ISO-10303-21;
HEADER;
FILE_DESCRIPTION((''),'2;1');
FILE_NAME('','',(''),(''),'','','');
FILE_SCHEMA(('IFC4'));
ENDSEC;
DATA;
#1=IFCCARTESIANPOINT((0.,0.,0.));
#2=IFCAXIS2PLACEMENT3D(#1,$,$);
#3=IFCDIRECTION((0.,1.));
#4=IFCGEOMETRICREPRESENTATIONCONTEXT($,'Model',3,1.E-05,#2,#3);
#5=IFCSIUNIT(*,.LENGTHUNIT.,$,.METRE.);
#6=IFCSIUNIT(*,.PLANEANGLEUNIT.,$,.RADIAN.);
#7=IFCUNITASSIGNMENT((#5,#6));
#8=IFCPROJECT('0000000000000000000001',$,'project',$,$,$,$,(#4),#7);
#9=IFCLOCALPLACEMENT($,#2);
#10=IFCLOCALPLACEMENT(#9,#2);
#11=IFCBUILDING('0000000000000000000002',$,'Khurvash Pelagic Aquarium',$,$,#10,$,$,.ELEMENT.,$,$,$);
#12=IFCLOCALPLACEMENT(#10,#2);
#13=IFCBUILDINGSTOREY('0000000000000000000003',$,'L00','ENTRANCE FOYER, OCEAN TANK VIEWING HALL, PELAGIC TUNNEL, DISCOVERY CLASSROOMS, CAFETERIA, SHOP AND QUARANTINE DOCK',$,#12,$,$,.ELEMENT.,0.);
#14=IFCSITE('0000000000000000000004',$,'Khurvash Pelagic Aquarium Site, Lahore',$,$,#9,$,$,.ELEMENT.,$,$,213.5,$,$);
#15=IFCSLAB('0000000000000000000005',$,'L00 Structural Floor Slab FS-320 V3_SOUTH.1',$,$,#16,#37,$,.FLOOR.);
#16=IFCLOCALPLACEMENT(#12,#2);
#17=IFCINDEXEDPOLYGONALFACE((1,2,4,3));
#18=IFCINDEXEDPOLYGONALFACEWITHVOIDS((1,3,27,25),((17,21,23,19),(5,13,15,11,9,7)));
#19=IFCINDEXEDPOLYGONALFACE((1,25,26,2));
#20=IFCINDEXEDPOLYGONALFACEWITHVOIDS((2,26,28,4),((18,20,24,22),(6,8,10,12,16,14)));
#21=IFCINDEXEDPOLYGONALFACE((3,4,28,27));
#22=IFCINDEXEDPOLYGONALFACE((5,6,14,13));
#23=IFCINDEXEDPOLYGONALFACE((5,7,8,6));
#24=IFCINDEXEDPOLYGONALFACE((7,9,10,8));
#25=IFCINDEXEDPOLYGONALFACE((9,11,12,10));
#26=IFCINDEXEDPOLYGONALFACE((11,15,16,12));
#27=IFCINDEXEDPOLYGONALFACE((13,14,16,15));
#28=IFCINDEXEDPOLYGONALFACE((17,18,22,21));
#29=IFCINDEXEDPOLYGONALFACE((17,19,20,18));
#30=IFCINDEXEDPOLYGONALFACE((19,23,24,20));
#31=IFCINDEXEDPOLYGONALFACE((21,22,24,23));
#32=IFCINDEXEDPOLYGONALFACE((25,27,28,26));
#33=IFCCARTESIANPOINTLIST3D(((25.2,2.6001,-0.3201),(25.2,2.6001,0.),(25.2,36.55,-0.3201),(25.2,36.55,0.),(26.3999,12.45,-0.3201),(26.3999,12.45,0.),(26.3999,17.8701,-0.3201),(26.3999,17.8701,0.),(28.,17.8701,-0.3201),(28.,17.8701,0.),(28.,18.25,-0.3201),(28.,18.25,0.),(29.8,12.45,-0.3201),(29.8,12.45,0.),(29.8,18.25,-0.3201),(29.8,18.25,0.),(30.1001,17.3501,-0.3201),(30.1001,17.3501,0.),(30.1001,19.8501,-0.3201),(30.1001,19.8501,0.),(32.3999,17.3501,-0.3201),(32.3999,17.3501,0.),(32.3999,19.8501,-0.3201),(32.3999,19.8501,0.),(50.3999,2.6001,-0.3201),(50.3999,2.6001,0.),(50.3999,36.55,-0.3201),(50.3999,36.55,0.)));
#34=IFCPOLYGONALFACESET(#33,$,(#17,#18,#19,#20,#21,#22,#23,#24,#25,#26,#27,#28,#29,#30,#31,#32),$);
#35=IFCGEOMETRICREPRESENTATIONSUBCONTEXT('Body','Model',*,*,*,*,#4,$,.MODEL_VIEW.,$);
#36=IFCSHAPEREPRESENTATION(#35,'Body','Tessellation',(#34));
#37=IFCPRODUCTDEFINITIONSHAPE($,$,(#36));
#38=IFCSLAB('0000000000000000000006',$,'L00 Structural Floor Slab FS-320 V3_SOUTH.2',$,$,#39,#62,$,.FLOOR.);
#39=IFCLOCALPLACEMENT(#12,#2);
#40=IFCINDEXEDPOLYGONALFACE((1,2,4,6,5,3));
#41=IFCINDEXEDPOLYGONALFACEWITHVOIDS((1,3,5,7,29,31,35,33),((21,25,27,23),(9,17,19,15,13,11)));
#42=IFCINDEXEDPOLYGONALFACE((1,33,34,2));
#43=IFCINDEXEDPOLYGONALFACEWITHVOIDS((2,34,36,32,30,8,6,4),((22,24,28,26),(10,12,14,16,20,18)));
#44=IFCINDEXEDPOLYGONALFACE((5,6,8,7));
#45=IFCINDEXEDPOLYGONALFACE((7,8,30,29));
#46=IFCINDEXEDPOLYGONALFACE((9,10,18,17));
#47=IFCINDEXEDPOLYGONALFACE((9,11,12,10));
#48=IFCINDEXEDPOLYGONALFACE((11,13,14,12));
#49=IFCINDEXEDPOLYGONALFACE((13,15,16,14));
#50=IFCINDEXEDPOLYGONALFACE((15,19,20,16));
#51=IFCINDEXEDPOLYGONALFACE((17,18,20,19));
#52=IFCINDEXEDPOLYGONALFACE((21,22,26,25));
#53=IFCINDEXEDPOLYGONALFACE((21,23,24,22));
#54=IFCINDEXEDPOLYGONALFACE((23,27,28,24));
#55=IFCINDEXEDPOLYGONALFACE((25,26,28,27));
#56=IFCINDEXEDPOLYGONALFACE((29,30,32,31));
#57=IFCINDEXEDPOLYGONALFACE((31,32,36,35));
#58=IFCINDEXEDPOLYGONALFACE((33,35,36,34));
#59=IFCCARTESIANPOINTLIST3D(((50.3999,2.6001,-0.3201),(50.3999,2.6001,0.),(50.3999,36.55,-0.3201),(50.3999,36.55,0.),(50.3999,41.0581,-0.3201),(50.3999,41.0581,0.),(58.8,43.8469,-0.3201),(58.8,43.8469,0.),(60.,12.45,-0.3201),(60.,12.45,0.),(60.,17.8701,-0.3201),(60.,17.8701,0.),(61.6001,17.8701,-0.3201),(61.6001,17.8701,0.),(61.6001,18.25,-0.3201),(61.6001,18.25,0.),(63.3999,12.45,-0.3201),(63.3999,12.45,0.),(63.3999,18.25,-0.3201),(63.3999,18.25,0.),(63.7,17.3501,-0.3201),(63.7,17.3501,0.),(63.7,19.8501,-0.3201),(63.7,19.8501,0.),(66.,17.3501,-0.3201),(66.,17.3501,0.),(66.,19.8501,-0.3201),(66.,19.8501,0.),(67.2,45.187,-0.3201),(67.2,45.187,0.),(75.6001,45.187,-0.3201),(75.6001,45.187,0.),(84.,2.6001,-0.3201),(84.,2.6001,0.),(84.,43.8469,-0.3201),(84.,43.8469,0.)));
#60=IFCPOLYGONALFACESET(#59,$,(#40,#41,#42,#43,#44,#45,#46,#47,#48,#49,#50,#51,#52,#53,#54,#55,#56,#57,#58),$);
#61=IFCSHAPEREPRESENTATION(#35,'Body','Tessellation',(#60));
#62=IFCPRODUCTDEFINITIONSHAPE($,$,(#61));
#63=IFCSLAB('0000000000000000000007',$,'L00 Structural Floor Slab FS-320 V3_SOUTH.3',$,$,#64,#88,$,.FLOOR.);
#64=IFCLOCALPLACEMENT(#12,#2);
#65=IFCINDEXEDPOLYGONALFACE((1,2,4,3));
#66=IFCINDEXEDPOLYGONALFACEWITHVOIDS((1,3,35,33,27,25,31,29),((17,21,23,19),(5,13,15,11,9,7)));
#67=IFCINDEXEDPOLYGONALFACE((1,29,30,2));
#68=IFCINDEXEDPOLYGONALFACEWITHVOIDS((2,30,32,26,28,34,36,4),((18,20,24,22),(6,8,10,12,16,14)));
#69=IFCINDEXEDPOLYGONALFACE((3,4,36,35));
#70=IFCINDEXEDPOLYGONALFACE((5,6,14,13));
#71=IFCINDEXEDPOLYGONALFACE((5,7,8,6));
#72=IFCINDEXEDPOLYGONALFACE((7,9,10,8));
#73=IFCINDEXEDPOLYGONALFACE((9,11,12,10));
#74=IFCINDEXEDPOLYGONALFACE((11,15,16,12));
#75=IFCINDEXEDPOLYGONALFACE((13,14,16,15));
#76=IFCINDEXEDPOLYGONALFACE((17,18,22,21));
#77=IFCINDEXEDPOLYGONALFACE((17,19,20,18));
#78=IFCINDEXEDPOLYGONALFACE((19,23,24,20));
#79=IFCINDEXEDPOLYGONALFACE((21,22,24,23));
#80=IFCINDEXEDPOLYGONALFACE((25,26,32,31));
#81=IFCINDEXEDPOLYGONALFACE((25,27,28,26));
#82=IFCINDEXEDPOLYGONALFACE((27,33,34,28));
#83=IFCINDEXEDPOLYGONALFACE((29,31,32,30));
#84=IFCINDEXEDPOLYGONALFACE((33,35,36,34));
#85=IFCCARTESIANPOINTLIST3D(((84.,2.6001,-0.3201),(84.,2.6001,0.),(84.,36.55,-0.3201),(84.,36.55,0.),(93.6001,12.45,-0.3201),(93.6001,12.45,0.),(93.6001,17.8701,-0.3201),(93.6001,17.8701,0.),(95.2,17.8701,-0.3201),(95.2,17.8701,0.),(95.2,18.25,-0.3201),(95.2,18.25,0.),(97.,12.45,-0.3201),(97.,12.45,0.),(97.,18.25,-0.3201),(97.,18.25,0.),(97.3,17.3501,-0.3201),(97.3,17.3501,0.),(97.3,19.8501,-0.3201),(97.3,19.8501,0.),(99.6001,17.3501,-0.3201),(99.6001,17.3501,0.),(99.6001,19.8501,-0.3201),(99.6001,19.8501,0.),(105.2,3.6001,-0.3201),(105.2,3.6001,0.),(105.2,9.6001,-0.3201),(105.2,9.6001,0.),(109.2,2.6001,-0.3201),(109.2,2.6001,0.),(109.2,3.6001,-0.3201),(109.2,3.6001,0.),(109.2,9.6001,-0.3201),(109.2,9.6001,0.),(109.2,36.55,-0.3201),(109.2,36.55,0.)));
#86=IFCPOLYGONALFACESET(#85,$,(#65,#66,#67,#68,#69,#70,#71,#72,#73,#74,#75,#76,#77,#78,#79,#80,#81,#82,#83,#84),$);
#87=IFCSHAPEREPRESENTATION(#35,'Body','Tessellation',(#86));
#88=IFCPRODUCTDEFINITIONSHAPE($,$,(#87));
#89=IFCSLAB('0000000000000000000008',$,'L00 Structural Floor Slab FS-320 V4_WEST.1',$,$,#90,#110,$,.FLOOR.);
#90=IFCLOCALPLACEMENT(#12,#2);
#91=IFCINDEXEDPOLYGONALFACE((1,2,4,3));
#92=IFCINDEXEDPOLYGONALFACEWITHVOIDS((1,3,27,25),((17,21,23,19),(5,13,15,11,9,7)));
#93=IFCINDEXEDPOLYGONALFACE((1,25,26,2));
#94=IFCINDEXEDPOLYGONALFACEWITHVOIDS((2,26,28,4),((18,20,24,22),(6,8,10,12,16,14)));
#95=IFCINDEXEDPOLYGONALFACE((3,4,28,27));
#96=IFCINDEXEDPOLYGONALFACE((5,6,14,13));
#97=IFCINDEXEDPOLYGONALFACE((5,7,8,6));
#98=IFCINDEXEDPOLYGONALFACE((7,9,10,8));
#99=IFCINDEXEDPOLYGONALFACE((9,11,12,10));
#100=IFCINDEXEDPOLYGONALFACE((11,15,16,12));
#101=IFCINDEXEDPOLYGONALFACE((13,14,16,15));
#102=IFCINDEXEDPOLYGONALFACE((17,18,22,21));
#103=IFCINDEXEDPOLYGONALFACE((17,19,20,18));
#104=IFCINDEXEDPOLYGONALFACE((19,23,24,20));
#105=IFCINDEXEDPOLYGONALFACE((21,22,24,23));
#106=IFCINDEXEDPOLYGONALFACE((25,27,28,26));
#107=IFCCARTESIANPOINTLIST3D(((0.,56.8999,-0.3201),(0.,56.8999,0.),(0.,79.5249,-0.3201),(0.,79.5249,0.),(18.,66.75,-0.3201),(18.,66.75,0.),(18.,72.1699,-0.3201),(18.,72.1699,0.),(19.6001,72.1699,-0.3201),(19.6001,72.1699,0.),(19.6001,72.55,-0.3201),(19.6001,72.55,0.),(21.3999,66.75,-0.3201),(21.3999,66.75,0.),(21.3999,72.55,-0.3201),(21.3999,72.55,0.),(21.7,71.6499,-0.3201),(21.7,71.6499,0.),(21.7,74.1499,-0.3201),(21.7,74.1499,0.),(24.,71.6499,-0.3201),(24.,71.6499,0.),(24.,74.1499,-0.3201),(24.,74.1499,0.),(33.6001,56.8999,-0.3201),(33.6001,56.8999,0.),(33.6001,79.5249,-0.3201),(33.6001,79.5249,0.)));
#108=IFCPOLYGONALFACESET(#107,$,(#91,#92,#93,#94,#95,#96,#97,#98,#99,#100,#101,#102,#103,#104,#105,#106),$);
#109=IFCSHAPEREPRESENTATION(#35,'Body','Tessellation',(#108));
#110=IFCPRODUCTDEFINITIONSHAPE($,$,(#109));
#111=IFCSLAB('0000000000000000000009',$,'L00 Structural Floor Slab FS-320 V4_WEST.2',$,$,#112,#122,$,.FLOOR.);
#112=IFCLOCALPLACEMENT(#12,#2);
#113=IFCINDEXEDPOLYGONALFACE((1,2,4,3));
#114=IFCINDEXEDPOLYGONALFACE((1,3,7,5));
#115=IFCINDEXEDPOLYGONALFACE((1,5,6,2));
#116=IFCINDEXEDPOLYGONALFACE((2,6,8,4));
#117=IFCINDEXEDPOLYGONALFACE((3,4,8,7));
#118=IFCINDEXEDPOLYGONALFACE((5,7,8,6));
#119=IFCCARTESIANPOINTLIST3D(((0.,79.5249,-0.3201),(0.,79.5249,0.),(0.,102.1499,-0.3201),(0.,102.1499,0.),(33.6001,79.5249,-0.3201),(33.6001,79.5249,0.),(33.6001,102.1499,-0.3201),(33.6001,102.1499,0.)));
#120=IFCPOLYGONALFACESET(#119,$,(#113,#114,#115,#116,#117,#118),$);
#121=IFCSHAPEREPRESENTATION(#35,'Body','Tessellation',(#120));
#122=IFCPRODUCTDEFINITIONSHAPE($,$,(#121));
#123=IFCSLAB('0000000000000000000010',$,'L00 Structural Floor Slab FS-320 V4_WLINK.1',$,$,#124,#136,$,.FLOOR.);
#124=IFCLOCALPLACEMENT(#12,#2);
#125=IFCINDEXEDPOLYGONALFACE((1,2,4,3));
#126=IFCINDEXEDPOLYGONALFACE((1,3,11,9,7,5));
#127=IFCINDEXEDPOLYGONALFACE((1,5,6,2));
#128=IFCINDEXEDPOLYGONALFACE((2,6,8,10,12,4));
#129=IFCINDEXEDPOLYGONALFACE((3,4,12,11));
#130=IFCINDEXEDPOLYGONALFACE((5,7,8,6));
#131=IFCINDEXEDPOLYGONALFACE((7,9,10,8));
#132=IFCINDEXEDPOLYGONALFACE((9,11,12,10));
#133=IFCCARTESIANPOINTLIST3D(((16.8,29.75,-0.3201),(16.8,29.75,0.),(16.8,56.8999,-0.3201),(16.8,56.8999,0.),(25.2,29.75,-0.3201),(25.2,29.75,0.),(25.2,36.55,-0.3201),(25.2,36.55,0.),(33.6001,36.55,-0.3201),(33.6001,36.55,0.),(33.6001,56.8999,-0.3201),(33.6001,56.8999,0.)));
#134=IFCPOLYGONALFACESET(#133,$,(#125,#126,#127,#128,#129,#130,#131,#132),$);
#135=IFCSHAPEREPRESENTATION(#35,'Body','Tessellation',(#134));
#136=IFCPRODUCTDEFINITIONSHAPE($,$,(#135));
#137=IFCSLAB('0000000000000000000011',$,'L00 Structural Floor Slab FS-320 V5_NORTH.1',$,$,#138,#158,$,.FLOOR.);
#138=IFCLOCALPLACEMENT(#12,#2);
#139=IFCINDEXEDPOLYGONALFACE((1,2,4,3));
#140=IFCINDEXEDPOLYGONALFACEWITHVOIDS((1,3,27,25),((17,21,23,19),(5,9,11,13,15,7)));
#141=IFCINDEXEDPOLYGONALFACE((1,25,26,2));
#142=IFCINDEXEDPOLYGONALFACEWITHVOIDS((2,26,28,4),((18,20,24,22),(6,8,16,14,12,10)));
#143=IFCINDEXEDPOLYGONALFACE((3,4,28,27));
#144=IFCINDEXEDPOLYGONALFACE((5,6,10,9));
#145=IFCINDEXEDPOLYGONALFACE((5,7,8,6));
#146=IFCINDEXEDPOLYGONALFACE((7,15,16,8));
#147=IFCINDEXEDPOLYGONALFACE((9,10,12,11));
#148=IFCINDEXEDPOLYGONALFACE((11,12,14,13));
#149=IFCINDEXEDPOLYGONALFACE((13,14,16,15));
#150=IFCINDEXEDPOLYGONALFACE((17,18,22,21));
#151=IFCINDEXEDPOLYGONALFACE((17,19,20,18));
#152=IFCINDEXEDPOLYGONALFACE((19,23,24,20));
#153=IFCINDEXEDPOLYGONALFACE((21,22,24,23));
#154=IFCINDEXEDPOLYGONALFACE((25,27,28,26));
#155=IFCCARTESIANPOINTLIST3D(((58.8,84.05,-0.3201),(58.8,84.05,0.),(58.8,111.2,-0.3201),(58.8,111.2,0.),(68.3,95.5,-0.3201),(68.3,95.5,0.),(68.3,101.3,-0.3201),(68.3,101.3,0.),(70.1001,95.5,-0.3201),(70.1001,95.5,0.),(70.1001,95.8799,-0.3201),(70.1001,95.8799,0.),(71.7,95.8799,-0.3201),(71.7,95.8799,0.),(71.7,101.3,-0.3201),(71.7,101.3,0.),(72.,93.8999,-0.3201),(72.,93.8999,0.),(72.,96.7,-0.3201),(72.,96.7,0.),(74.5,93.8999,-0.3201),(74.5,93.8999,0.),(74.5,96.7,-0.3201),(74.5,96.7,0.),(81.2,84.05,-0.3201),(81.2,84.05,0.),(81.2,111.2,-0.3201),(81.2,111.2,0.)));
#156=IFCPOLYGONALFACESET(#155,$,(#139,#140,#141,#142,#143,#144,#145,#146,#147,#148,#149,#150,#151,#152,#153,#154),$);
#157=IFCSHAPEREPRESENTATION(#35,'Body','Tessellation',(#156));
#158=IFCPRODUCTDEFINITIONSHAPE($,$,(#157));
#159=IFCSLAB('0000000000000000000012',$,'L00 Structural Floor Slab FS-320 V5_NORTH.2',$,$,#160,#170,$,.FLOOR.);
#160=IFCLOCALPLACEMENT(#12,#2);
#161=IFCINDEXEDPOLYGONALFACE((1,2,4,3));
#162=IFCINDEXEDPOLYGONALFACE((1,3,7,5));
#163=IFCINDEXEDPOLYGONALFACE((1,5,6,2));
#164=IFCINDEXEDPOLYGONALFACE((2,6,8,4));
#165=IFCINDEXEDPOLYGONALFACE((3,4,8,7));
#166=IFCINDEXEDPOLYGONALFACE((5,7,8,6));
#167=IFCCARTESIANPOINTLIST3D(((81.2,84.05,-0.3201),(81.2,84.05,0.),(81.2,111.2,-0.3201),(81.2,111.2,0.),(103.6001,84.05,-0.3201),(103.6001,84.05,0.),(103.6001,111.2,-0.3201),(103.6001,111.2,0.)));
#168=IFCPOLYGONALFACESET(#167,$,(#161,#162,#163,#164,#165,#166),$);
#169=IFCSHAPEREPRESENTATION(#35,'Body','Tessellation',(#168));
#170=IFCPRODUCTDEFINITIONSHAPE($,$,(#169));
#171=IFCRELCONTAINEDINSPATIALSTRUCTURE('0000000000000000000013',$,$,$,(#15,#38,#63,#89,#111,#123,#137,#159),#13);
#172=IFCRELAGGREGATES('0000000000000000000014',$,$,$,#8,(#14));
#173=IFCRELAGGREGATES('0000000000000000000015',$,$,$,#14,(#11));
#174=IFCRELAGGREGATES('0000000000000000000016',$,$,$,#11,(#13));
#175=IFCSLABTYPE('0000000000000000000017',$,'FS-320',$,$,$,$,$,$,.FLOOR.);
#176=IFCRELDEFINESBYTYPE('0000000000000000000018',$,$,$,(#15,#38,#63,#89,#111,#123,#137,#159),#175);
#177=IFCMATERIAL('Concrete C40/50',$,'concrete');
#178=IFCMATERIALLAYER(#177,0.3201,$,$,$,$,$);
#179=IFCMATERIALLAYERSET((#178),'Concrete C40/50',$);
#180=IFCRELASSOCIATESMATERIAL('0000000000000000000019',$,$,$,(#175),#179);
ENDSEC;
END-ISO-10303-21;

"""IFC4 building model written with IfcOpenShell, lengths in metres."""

from ifc_helpers import new_model, si_unit, direction, frame, origin, place, context, subcontext, project, spatial, polyline, outline, extrude, material, layer, layer_set, type_object, element, save


model = new_model("IFC4")

# Units and contexts
model_context = context("Model", 3, precision=1e-05, world=origin(), true_north=direction((0.0, 1.0)))
body_context = subcontext(model_context, "Body", "Model", "MODEL_VIEW")
ifc_project = project(units=[si_unit("LENGTHUNIT", "METRE"), si_unit("PLANEANGLEUNIT", "RADIAN")], contexts=[model_context])

# Site, building, storey
site_placement = place(None, origin())
site = spatial("IfcSite", under=ifc_project, at=site_placement, Name="Khurvash Pelagic Aquarium Site, Lahore", CompositionType="ELEMENT", RefElevation=213.5)
building_placement = place(site_placement, origin())
building = spatial("IfcBuilding", under=site, at=building_placement, Name="Khurvash Pelagic Aquarium", CompositionType="ELEMENT")
storey_placement = place(building_placement, origin())
storey = spatial("IfcBuildingStorey", under=building, at=storey_placement, Name="L00", Description="ENTRANCE FOYER, OCEAN TANK VIEWING HALL, PELAGIC TUNNEL, DISCOVERY CLASSROOMS, CAFETERIA, SHOP AND QUARANTINE DOCK", CompositionType="ELEMENT", Elevation=0.0)

# Slabs
ifc_material_1 = material(Name="Concrete C40/50", Category="concrete")
ifc_layer_1 = layer(ifc_material_1, 0.3201)
ifc_layer_set_1 = layer_set([ifc_layer_1], Name="Concrete C40/50")
slab_type_1 = type_object("IfcSlabType", Name="FS-320", PredefinedType="FLOOR", material=ifc_layer_set_1)
slab_1_placement = place(storey_placement, frame((0.0, 0.0, -0.3201)))
element("IfcSlab", 1, at=slab_1_placement, inside=storey, type_object=slab_type_1, Name="L00 Structural Floor Slab FS-320 V3_SOUTH.1", PredefinedType="FLOOR", context=body_context, shape_type="SweptSolid", body=[
    extrude(outline(polyline([(25.2, 2.6001), (50.3999, 2.6001), (50.3999, 36.55), (25.2, 36.55), (25.2, 2.6001)]), holes=[polyline([(28.0, 18.25), (29.8, 18.25), (29.8, 12.45), (26.3999, 12.45), (26.3999, 17.8701), (28.0, 17.8701), (28.0, 18.25)]), polyline([(32.3999, 17.3501), (30.1001, 17.3501), (30.1001, 19.8501), (32.3999, 19.8501), (32.3999, 17.3501)])]), origin(), (0.0, 0.0, 1.0), 0.3201),
])
slab_2_placement = place(storey_placement, frame((0.0, 0.0, -0.3201)))
element("IfcSlab", 2, at=slab_2_placement, inside=storey, type_object=slab_type_1, Name="L00 Structural Floor Slab FS-320 V3_SOUTH.2", PredefinedType="FLOOR", context=body_context, shape_type="SweptSolid", body=[
    extrude(outline(polyline([(58.8, 43.8469), (50.3999, 41.0581), (50.3999, 36.55), (50.3999, 2.6001), (84.0, 2.6001), (84.0, 43.8469), (75.6001, 45.187), (67.2, 45.187), (58.8, 43.8469)]), holes=[polyline([(61.6001, 18.25), (63.3999, 18.25), (63.3999, 12.45), (60.0, 12.45), (60.0, 17.8701), (61.6001, 17.8701), (61.6001, 18.25)]), polyline([(66.0, 17.3501), (63.7, 17.3501), (63.7, 19.8501), (66.0, 19.8501), (66.0, 17.3501)])]), origin(), (0.0, 0.0, 1.0), 0.3201),
])
slab_3_placement = place(storey_placement, frame((0.0, 0.0, -0.3201)))
element("IfcSlab", 3, at=slab_3_placement, inside=storey, type_object=slab_type_1, Name="L00 Structural Floor Slab FS-320 V3_SOUTH.3", PredefinedType="FLOOR", context=body_context, shape_type="SweptSolid", body=[
    extrude(outline(polyline([(105.2, 9.6001), (109.2, 9.6001), (109.2, 36.55), (84.0, 36.55), (84.0, 2.6001), (109.2, 2.6001), (109.2, 3.6001), (105.2, 3.6001), (105.2, 9.6001)]), holes=[polyline([(95.2, 18.25), (97.0, 18.25), (97.0, 12.45), (93.6001, 12.45), (93.6001, 17.8701), (95.2, 17.8701), (95.2, 18.25)]), polyline([(99.6001, 17.3501), (97.3, 17.3501), (97.3, 19.8501), (99.6001, 19.8501), (99.6001, 17.3501)])]), origin(), (0.0, 0.0, 1.0), 0.3201),
])
slab_4_placement = place(storey_placement, frame((0.0, 0.0, -0.3201)))
element("IfcSlab", 4, at=slab_4_placement, inside=storey, type_object=slab_type_1, Name="L00 Structural Floor Slab FS-320 V4_WEST.1", PredefinedType="FLOOR", context=body_context, shape_type="SweptSolid", body=[
    extrude(outline(polyline([(0.0, 56.8999), (33.6001, 56.8999), (33.6001, 79.5249), (0.0, 79.5249), (0.0, 56.8999)]), holes=[polyline([(19.6001, 72.55), (21.3999, 72.55), (21.3999, 66.75), (18.0, 66.75), (18.0, 72.1699), (19.6001, 72.1699), (19.6001, 72.55)]), polyline([(24.0, 71.6499), (21.7, 71.6499), (21.7, 74.1499), (24.0, 74.1499), (24.0, 71.6499)])]), origin(), (0.0, 0.0, 1.0), 0.3201),
])
slab_5_placement = place(storey_placement, frame((0.0, 0.0, -0.3201)))
element("IfcSlab", 5, at=slab_5_placement, inside=storey, type_object=slab_type_1, Name="L00 Structural Floor Slab FS-320 V4_WEST.2", PredefinedType="FLOOR", context=body_context, shape_type="SweptSolid", body=[
    extrude(outline(polyline([(0.0, 79.5249), (33.6001, 79.5249), (33.6001, 102.1499), (0.0, 102.1499), (0.0, 79.5249)])), origin(), (0.0, 0.0, 1.0), 0.3201),
])
slab_6_placement = place(storey_placement, frame((0.0, 0.0, -0.3201)))
element("IfcSlab", 6, at=slab_6_placement, inside=storey, type_object=slab_type_1, Name="L00 Structural Floor Slab FS-320 V4_WLINK.1", PredefinedType="FLOOR", context=body_context, shape_type="SweptSolid", body=[
    extrude(outline(polyline([(33.6001, 56.8999), (16.8, 56.8999), (16.8, 29.75), (25.2, 29.75), (25.2, 36.55), (33.6001, 36.55), (33.6001, 56.8999)])), origin(), (0.0, 0.0, 1.0), 0.3201),
])
slab_7_placement = place(storey_placement, frame((0.0, 0.0, -0.3201)))
element("IfcSlab", 7, at=slab_7_placement, inside=storey, type_object=slab_type_1, Name="L00 Structural Floor Slab FS-320 V5_NORTH.1", PredefinedType="FLOOR", context=body_context, shape_type="SweptSolid", body=[
    extrude(outline(polyline([(58.8, 84.05), (81.2, 84.05), (81.2, 111.2), (58.8, 111.2), (58.8, 84.05)]), holes=[polyline([(70.1001, 95.5), (68.3, 95.5), (68.3, 101.3), (71.7, 101.3), (71.7, 95.8799), (70.1001, 95.8799), (70.1001, 95.5)]), polyline([(74.5, 93.8999), (72.0, 93.8999), (72.0, 96.7), (74.5, 96.7), (74.5, 93.8999)])]), origin(), (0.0, 0.0, 1.0), 0.3201),
])
slab_8_placement = place(storey_placement, frame((0.0, 0.0, -0.3201)))
element("IfcSlab", 8, at=slab_8_placement, inside=storey, type_object=slab_type_1, Name="L00 Structural Floor Slab FS-320 V5_NORTH.2", PredefinedType="FLOOR", context=body_context, shape_type="SweptSolid", body=[
    extrude(outline(polyline([(81.2, 111.2), (81.2, 84.05), (103.6001, 84.05), (103.6001, 111.2), (81.2, 111.2)])), origin(), (0.0, 0.0, 1.0), 0.3201),
])

save(model, "model.ifc")
